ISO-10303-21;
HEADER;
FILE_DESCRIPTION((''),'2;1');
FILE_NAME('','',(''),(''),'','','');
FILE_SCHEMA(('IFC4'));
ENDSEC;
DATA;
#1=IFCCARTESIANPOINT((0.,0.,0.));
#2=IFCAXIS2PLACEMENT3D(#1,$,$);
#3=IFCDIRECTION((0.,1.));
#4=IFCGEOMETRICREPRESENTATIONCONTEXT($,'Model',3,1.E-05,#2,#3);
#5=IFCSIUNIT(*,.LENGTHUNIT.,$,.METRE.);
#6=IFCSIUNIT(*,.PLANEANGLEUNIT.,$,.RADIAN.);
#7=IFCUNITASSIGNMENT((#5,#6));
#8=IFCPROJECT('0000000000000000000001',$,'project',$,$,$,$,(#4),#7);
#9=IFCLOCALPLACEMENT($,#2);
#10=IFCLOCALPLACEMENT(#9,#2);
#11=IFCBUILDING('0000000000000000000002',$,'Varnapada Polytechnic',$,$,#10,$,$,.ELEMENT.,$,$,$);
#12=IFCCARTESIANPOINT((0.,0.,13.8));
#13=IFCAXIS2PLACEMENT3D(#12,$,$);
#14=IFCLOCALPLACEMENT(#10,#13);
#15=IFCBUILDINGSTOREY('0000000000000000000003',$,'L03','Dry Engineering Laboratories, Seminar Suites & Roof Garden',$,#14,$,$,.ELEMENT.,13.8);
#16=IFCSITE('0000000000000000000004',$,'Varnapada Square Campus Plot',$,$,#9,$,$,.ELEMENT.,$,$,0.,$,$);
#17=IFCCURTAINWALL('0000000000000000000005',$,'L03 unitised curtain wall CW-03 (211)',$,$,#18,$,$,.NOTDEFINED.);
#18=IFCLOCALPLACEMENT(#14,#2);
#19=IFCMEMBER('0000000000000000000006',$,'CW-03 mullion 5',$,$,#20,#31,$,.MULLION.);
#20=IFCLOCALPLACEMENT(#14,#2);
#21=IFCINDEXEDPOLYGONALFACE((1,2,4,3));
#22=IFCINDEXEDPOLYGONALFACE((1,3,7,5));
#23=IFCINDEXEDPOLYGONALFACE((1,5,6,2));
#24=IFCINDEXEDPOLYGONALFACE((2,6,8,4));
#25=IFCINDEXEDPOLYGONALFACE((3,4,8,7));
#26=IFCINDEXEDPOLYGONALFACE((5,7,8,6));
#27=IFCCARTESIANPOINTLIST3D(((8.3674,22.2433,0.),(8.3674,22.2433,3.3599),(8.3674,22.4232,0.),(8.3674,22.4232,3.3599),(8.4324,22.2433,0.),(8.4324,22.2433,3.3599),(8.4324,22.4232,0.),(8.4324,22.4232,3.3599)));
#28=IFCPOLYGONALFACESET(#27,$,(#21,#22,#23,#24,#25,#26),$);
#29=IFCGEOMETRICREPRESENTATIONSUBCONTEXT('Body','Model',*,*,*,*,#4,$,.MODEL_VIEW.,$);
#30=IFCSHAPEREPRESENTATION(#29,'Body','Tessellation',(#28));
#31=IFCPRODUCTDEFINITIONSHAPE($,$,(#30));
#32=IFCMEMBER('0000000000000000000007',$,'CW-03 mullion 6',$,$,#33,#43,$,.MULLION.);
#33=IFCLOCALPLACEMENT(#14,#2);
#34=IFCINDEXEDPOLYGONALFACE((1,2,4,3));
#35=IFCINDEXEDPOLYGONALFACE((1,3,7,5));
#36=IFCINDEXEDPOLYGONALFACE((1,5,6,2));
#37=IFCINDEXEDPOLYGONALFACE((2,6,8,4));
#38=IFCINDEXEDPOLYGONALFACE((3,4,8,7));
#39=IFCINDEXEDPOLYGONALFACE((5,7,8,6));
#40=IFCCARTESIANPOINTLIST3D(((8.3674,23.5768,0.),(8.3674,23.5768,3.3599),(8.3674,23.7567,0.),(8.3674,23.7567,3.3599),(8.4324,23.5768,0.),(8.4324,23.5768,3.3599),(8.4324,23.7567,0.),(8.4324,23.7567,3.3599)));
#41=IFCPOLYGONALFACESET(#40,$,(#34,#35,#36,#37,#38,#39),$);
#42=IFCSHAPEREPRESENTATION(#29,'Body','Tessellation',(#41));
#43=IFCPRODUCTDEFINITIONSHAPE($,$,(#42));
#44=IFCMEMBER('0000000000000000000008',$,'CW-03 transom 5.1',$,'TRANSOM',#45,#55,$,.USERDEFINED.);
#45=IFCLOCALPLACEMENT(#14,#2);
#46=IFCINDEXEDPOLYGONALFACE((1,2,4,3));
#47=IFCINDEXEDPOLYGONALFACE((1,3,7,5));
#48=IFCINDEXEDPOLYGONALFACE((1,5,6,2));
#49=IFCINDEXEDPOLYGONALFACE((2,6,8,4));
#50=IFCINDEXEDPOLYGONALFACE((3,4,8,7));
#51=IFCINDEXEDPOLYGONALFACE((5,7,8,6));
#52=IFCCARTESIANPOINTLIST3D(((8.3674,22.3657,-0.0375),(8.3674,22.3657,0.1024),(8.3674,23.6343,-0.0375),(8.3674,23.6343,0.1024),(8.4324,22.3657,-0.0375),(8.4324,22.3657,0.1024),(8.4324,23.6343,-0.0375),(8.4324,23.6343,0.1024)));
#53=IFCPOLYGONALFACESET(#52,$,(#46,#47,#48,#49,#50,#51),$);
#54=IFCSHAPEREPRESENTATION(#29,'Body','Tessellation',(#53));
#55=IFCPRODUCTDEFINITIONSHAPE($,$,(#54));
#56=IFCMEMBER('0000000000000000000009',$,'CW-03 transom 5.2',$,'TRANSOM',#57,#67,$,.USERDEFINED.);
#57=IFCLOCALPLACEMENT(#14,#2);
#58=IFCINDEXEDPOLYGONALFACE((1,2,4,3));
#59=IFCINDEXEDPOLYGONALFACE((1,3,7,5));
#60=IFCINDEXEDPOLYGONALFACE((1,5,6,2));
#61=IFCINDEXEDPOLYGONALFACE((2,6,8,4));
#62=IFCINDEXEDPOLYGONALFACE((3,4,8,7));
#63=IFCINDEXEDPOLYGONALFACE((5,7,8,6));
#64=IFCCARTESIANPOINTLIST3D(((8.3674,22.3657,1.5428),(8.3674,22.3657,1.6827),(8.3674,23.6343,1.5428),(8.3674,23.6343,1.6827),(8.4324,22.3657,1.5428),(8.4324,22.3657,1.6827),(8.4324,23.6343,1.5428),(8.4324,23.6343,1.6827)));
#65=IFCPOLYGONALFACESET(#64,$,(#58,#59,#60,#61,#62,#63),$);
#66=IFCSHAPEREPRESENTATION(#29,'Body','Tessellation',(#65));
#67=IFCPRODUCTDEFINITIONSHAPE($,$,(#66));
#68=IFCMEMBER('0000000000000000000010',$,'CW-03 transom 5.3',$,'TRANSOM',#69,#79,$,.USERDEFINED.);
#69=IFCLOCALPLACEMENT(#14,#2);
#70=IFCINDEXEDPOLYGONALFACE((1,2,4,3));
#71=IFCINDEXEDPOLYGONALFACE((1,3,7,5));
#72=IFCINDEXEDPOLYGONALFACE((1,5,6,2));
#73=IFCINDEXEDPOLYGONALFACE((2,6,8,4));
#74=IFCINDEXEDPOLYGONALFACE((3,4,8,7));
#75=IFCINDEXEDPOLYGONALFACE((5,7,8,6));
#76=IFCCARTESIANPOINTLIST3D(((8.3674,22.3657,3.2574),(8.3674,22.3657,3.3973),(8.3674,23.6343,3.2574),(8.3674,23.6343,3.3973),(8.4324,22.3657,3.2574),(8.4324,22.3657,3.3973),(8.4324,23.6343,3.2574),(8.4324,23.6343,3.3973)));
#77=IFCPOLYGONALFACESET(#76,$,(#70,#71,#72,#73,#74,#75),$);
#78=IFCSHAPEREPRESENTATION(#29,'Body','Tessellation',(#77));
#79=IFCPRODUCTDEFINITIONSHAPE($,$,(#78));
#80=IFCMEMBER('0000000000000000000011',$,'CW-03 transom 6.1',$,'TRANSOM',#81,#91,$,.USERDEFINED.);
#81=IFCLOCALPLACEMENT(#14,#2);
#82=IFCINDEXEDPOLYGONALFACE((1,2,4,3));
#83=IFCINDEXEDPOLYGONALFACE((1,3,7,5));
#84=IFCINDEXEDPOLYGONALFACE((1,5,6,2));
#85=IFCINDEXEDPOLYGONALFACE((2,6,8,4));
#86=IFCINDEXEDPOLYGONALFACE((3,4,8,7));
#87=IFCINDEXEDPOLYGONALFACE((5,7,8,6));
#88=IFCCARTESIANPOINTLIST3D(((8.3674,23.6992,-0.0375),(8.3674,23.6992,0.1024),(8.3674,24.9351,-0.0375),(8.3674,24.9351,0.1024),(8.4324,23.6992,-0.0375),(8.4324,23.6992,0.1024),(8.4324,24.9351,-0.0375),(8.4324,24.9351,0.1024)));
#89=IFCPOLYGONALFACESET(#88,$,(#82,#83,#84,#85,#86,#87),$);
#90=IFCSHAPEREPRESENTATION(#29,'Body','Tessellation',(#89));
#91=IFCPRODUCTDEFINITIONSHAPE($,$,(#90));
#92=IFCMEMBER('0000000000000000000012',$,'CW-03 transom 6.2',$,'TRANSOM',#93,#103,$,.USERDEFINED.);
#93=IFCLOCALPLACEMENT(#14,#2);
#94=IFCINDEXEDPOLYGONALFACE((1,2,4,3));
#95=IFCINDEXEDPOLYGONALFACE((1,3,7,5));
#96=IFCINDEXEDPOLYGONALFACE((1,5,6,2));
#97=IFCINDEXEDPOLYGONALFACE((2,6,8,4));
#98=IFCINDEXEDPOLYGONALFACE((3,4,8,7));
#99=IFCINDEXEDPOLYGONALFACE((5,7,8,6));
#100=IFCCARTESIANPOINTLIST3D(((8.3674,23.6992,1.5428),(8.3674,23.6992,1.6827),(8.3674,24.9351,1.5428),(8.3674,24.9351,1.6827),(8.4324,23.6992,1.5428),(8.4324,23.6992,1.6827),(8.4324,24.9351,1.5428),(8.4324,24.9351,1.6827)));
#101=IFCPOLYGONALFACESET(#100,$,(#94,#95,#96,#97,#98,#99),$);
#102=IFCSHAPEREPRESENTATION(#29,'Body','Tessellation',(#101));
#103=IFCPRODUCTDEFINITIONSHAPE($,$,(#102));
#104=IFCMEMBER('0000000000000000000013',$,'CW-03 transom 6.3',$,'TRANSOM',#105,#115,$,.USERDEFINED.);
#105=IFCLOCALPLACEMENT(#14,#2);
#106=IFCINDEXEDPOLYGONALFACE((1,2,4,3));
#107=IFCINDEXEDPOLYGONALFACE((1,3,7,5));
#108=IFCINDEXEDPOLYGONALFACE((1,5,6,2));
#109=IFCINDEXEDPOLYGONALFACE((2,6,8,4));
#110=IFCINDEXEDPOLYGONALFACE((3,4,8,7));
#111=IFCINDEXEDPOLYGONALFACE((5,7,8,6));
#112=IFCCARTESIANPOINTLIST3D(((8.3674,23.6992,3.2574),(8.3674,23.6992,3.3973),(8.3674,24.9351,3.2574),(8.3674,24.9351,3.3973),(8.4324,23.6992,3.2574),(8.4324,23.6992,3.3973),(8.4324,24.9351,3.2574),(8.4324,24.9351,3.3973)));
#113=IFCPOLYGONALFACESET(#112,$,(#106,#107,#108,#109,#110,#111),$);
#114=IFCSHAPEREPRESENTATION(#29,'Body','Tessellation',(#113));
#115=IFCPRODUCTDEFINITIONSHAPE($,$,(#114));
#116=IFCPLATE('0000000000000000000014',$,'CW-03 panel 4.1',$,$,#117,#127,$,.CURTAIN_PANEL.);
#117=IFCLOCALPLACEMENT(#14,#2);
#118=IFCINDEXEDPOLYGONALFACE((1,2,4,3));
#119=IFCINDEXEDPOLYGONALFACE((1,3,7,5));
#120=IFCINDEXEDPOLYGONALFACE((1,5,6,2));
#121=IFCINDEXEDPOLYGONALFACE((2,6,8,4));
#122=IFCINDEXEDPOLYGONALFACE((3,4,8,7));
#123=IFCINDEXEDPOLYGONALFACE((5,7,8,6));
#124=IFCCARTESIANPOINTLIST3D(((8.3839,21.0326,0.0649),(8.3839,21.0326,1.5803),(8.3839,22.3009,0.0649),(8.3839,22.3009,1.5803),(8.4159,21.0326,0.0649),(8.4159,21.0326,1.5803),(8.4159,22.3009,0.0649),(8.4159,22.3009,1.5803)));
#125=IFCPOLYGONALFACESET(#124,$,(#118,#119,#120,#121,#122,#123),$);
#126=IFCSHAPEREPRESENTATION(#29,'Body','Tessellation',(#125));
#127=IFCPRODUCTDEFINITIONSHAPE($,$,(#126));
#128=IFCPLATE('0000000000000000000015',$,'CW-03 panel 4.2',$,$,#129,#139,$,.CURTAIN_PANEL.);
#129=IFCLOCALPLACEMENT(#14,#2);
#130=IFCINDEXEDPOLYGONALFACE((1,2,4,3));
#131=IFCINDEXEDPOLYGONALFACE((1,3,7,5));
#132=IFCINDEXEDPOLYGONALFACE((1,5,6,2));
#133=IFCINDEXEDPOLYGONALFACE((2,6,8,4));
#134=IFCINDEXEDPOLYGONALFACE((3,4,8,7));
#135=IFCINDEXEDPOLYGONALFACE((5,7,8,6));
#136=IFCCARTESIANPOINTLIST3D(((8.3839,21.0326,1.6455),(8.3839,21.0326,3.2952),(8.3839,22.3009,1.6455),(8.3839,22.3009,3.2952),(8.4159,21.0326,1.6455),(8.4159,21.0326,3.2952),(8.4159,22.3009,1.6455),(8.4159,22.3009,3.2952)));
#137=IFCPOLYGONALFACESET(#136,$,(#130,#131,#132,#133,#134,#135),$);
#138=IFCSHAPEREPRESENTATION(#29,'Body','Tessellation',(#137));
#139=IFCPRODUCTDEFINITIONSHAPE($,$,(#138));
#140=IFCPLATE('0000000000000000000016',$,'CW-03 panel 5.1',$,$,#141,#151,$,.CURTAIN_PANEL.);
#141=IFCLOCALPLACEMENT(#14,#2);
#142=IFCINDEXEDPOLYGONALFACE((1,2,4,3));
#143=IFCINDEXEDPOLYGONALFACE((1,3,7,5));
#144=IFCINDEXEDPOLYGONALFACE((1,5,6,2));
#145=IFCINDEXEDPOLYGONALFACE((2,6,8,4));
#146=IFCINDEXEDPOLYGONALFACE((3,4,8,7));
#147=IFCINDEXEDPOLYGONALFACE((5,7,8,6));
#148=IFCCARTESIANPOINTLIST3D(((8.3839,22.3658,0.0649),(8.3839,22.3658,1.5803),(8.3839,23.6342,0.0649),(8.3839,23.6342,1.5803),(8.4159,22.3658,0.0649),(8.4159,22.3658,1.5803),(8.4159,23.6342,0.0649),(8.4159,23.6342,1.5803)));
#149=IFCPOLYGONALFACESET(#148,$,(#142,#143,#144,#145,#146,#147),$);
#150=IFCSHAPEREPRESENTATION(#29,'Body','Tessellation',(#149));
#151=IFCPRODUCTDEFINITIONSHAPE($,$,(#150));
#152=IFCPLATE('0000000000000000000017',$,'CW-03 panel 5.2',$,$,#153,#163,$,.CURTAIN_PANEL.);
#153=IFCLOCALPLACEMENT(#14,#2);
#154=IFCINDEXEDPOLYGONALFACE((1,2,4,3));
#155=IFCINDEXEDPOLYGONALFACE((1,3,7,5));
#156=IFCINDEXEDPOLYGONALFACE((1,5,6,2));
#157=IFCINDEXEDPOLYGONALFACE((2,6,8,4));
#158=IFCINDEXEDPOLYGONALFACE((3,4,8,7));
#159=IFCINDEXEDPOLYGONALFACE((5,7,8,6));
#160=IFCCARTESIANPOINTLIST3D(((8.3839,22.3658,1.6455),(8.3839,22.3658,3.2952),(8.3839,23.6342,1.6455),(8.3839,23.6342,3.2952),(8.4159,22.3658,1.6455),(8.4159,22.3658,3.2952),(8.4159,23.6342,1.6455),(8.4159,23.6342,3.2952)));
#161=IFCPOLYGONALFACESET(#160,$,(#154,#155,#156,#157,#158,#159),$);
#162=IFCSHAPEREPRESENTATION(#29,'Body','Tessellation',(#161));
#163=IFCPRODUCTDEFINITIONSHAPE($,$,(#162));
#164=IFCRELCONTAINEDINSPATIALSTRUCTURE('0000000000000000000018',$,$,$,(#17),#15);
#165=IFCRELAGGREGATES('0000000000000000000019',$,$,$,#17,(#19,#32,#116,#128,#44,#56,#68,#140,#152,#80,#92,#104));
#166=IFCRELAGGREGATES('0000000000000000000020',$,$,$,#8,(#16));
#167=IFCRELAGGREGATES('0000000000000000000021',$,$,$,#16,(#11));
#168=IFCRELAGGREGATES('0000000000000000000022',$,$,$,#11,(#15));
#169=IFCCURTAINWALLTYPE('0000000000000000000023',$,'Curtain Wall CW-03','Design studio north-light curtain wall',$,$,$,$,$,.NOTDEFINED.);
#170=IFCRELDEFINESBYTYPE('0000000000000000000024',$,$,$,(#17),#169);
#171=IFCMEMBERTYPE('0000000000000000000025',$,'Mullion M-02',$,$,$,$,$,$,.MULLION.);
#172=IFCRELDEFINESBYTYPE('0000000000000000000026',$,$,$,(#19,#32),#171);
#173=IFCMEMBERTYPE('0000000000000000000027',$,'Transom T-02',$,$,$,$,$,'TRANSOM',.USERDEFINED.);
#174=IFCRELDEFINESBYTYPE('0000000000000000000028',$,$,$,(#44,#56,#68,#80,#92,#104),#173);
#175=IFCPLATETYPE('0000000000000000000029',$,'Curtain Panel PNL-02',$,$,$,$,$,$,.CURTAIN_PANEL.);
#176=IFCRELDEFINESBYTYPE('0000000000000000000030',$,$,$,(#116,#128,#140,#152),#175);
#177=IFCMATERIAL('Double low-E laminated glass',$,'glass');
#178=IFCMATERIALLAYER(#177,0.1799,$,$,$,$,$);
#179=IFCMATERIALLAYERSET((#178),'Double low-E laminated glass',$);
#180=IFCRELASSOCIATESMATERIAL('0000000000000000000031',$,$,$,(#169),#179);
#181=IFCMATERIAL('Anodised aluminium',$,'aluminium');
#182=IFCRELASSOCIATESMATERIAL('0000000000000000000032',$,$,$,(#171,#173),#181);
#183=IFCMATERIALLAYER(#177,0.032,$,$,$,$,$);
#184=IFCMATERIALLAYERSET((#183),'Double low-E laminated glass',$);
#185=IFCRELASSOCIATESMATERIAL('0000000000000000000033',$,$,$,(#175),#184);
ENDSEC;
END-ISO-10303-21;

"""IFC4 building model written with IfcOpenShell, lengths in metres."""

from ifc_helpers import new_model, si_unit, direction, frame, origin, origin_2d, place, context, subcontext, project, spatial, rectangle, extrude, material, layer, layer_set, material_profile, profile_set, type_object, element, aggregate, save


model = new_model("IFC4")

# Units and contexts
model_context = context("Model", 3, precision=1e-05, world=origin(), true_north=direction((0.0, 1.0)))
body_context = subcontext(model_context, "Body", "Model", "MODEL_VIEW")
ifc_project = project(units=[si_unit("LENGTHUNIT", "METRE"), si_unit("PLANEANGLEUNIT", "RADIAN")], contexts=[model_context])

# Site, building, storey
site_placement = place(None, origin())
site = spatial("IfcSite", under=ifc_project, at=site_placement, Name="Varnapada Square Campus Plot", CompositionType="ELEMENT", RefElevation=0.0)
building_placement = place(site_placement, origin())
building = spatial("IfcBuilding", under=site, at=building_placement, Name="Varnapada Polytechnic", CompositionType="ELEMENT")
storey_placement = place(building_placement, frame((0.0, 0.0, 13.8)))
storey = spatial("IfcBuildingStorey", under=building, at=storey_placement, Name="L03", Description="Dry Engineering Laboratories, Seminar Suites & Roof Garden", CompositionType="ELEMENT", Elevation=13.8)

# Curtain wall, members, plates
ifc_material_1 = material(Name="Double low-E laminated glass", Category="glass")
ifc_layer_1 = layer(ifc_material_1, 0.1799)
ifc_layer_set_1 = layer_set([ifc_layer_1], Name="Double low-E laminated glass")
curtain_wall_type = type_object("IfcCurtainWallType", Name="Curtain Wall CW-03", Description="Design studio north-light curtain wall", PredefinedType="NOTDEFINED", material=ifc_layer_set_1)
curtain_wall_placement = place(storey_placement, origin())
curtain_wall = element("IfcCurtainWall", 1, at=curtain_wall_placement, inside=storey, type_object=curtain_wall_type, Name="L03 unitised curtain wall CW-03 (211)", PredefinedType="NOTDEFINED")
ifc_material_2 = material(Name="Anodised aluminium", Category="aluminium")
ifc_material_profile_1 = material_profile(ifc_material_2, rectangle(XDim=0.0649, YDim=0.1799, at=origin_2d()), Name="ALU M65x180")
ifc_profile_set_1 = profile_set([ifc_material_profile_1], Name="Anodised aluminium")
member_type_1 = type_object("IfcMemberType", Name="Mullion M-02", PredefinedType="MULLION", material=ifc_profile_set_1)
member_1_placement = place(storey_placement, frame((8.3999, 22.3333, 0.0), z_axis=(0.0, 0.0, 1.0), x_axis=(-1.0, 0.0, 0.0)))
member_1 = element("IfcMember", 2, at=member_1_placement, type_object=member_type_1, Name="CW-03 mullion 5", PredefinedType="MULLION", context=body_context, shape_type="SweptSolid", body=[
    extrude(rectangle(XDim=0.0649, YDim=0.1799, at=origin_2d()), origin(), (0.0, 0.0, 1.0), 3.3599),
])
member_2_placement = place(storey_placement, frame((8.3999, 23.6667, 0.0), z_axis=(0.0, 0.0, 1.0), x_axis=(-1.0, 0.0, 0.0)))
member_2 = element("IfcMember", 3, at=member_2_placement, type_object=member_type_1, Name="CW-03 mullion 6", PredefinedType="MULLION", context=body_context, shape_type="SweptSolid", body=[
    extrude(rectangle(XDim=0.0649, YDim=0.1799, at=origin_2d()), origin(), (0.0, 0.0, 1.0), 3.3599),
])
ifc_material_profile_2 = material_profile(ifc_material_2, rectangle(XDim=0.0649, YDim=0.1399, at=origin_2d()), Name="ALU T65x140")
ifc_profile_set_2 = profile_set([ifc_material_profile_2], Name="Anodised aluminium")
member_type_2 = type_object("IfcMemberType", Name="Transom T-02", ElementType="TRANSOM", PredefinedType="USERDEFINED", material=ifc_profile_set_2)
member_3_placement = place(storey_placement, frame((8.3999, 22.3657, 0.0325), z_axis=(0.0, 1.0, 0.0), x_axis=(-1.0, 0.0, 0.0)))
member_3 = element("IfcMember", 4, at=member_3_placement, type_object=member_type_2, Name="CW-03 transom 5.1", ObjectType="TRANSOM", PredefinedType="USERDEFINED", context=body_context, shape_type="SweptSolid", body=[
    extrude(rectangle(XDim=0.0649, YDim=0.1399, at=origin_2d()), origin(), (0.0, 0.0, 1.0), 1.2686),
])
member_4_placement = place(storey_placement, frame((8.3999, 22.3657, 1.6128), z_axis=(0.0, 1.0, 0.0), x_axis=(-1.0, 0.0, 0.0)))
member_4 = element("IfcMember", 5, at=member_4_placement, type_object=member_type_2, Name="CW-03 transom 5.2", ObjectType="TRANSOM", PredefinedType="USERDEFINED", context=body_context, shape_type="SweptSolid", body=[
    extrude(rectangle(XDim=0.0649, YDim=0.1399, at=origin_2d()), origin(), (0.0, 0.0, 1.0), 1.2686),
])
member_5_placement = place(storey_placement, frame((8.3999, 22.3657, 3.3274), z_axis=(0.0, 1.0, 0.0), x_axis=(-1.0, 0.0, 0.0)))
member_5 = element("IfcMember", 6, at=member_5_placement, type_object=member_type_2, Name="CW-03 transom 5.3", ObjectType="TRANSOM", PredefinedType="USERDEFINED", context=body_context, shape_type="SweptSolid", body=[
    extrude(rectangle(XDim=0.0649, YDim=0.1399, at=origin_2d()), origin(), (0.0, 0.0, 1.0), 1.2686),
])
member_6_placement = place(storey_placement, frame((8.3999, 23.6992, 0.0325), z_axis=(0.0, 1.0, 0.0), x_axis=(-1.0, 0.0, 0.0)))
member_6 = element("IfcMember", 7, at=member_6_placement, type_object=member_type_2, Name="CW-03 transom 6.1", ObjectType="TRANSOM", PredefinedType="USERDEFINED", context=body_context, shape_type="SweptSolid", body=[
    extrude(rectangle(XDim=0.0649, YDim=0.1399, at=origin_2d()), origin(), (0.0, 0.0, 1.0), 1.2358),
])
member_7_placement = place(storey_placement, frame((8.3999, 23.6992, 1.6128), z_axis=(0.0, 1.0, 0.0), x_axis=(-1.0, 0.0, 0.0)))
member_7 = element("IfcMember", 8, at=member_7_placement, type_object=member_type_2, Name="CW-03 transom 6.2", ObjectType="TRANSOM", PredefinedType="USERDEFINED", context=body_context, shape_type="SweptSolid", body=[
    extrude(rectangle(XDim=0.0649, YDim=0.1399, at=origin_2d()), origin(), (0.0, 0.0, 1.0), 1.2358),
])
member_8_placement = place(storey_placement, frame((8.3999, 23.6992, 3.3274), z_axis=(0.0, 1.0, 0.0), x_axis=(-1.0, 0.0, 0.0)))
member_8 = element("IfcMember", 9, at=member_8_placement, type_object=member_type_2, Name="CW-03 transom 6.3", ObjectType="TRANSOM", PredefinedType="USERDEFINED", context=body_context, shape_type="SweptSolid", body=[
    extrude(rectangle(XDim=0.0649, YDim=0.1399, at=origin_2d()), origin(), (0.0, 0.0, 1.0), 1.2358),
])
ifc_layer_2 = layer(ifc_material_1, 0.032)
ifc_layer_set_2 = layer_set([ifc_layer_2], Name="Double low-E laminated glass")
plate_type = type_object("IfcPlateType", Name="Curtain Panel PNL-02", PredefinedType="CURTAIN_PANEL", material=ifc_layer_set_2)
plate_1_placement = place(storey_placement, frame((8.3999, 21.6667, 0.0649), z_axis=(0.0, 0.0, 1.0), x_axis=(0.0, 1.0, 0.0)))
plate_1 = element("IfcPlate", 10, at=plate_1_placement, type_object=plate_type, Name="CW-03 panel 4.1", PredefinedType="CURTAIN_PANEL", context=body_context, shape_type="SweptSolid", body=[
    extrude(rectangle(XDim=1.2683, YDim=0.032, at=origin_2d()), origin(), (0.0, 0.0, 1.0), 1.5154),
])
plate_2_placement = place(storey_placement, frame((8.3999, 21.6667, 1.6455), z_axis=(0.0, 0.0, 1.0), x_axis=(0.0, 1.0, 0.0)))
plate_2 = element("IfcPlate", 11, at=plate_2_placement, type_object=plate_type, Name="CW-03 panel 4.2", PredefinedType="CURTAIN_PANEL", context=body_context, shape_type="SweptSolid", body=[
    extrude(rectangle(XDim=1.2683, YDim=0.032, at=origin_2d()), origin(), (0.0, 0.0, 1.0), 1.6497),
])
plate_3_placement = place(storey_placement, frame((8.3999, 23.0, 0.0649), z_axis=(0.0, 0.0, 1.0), x_axis=(0.0, 1.0, 0.0)))
plate_3 = element("IfcPlate", 12, at=plate_3_placement, type_object=plate_type, Name="CW-03 panel 5.1", PredefinedType="CURTAIN_PANEL", context=body_context, shape_type="SweptSolid", body=[
    extrude(rectangle(XDim=1.2683, YDim=0.032, at=origin_2d()), origin(), (0.0, 0.0, 1.0), 1.5154),
])
plate_4_placement = place(storey_placement, frame((8.3999, 23.0, 1.6455), z_axis=(0.0, 0.0, 1.0), x_axis=(0.0, 1.0, 0.0)))
plate_4 = element("IfcPlate", 13, at=plate_4_placement, type_object=plate_type, Name="CW-03 panel 5.2", PredefinedType="CURTAIN_PANEL", context=body_context, shape_type="SweptSolid", body=[
    extrude(rectangle(XDim=1.2683, YDim=0.032, at=origin_2d()), origin(), (0.0, 0.0, 1.0), 1.6497),
])
aggregate(curtain_wall, [member_1, member_2, plate_1, plate_2, member_3, member_4, member_5, plate_3, plate_4, member_6, member_7, member_8])

save(model, "model.ifc")
